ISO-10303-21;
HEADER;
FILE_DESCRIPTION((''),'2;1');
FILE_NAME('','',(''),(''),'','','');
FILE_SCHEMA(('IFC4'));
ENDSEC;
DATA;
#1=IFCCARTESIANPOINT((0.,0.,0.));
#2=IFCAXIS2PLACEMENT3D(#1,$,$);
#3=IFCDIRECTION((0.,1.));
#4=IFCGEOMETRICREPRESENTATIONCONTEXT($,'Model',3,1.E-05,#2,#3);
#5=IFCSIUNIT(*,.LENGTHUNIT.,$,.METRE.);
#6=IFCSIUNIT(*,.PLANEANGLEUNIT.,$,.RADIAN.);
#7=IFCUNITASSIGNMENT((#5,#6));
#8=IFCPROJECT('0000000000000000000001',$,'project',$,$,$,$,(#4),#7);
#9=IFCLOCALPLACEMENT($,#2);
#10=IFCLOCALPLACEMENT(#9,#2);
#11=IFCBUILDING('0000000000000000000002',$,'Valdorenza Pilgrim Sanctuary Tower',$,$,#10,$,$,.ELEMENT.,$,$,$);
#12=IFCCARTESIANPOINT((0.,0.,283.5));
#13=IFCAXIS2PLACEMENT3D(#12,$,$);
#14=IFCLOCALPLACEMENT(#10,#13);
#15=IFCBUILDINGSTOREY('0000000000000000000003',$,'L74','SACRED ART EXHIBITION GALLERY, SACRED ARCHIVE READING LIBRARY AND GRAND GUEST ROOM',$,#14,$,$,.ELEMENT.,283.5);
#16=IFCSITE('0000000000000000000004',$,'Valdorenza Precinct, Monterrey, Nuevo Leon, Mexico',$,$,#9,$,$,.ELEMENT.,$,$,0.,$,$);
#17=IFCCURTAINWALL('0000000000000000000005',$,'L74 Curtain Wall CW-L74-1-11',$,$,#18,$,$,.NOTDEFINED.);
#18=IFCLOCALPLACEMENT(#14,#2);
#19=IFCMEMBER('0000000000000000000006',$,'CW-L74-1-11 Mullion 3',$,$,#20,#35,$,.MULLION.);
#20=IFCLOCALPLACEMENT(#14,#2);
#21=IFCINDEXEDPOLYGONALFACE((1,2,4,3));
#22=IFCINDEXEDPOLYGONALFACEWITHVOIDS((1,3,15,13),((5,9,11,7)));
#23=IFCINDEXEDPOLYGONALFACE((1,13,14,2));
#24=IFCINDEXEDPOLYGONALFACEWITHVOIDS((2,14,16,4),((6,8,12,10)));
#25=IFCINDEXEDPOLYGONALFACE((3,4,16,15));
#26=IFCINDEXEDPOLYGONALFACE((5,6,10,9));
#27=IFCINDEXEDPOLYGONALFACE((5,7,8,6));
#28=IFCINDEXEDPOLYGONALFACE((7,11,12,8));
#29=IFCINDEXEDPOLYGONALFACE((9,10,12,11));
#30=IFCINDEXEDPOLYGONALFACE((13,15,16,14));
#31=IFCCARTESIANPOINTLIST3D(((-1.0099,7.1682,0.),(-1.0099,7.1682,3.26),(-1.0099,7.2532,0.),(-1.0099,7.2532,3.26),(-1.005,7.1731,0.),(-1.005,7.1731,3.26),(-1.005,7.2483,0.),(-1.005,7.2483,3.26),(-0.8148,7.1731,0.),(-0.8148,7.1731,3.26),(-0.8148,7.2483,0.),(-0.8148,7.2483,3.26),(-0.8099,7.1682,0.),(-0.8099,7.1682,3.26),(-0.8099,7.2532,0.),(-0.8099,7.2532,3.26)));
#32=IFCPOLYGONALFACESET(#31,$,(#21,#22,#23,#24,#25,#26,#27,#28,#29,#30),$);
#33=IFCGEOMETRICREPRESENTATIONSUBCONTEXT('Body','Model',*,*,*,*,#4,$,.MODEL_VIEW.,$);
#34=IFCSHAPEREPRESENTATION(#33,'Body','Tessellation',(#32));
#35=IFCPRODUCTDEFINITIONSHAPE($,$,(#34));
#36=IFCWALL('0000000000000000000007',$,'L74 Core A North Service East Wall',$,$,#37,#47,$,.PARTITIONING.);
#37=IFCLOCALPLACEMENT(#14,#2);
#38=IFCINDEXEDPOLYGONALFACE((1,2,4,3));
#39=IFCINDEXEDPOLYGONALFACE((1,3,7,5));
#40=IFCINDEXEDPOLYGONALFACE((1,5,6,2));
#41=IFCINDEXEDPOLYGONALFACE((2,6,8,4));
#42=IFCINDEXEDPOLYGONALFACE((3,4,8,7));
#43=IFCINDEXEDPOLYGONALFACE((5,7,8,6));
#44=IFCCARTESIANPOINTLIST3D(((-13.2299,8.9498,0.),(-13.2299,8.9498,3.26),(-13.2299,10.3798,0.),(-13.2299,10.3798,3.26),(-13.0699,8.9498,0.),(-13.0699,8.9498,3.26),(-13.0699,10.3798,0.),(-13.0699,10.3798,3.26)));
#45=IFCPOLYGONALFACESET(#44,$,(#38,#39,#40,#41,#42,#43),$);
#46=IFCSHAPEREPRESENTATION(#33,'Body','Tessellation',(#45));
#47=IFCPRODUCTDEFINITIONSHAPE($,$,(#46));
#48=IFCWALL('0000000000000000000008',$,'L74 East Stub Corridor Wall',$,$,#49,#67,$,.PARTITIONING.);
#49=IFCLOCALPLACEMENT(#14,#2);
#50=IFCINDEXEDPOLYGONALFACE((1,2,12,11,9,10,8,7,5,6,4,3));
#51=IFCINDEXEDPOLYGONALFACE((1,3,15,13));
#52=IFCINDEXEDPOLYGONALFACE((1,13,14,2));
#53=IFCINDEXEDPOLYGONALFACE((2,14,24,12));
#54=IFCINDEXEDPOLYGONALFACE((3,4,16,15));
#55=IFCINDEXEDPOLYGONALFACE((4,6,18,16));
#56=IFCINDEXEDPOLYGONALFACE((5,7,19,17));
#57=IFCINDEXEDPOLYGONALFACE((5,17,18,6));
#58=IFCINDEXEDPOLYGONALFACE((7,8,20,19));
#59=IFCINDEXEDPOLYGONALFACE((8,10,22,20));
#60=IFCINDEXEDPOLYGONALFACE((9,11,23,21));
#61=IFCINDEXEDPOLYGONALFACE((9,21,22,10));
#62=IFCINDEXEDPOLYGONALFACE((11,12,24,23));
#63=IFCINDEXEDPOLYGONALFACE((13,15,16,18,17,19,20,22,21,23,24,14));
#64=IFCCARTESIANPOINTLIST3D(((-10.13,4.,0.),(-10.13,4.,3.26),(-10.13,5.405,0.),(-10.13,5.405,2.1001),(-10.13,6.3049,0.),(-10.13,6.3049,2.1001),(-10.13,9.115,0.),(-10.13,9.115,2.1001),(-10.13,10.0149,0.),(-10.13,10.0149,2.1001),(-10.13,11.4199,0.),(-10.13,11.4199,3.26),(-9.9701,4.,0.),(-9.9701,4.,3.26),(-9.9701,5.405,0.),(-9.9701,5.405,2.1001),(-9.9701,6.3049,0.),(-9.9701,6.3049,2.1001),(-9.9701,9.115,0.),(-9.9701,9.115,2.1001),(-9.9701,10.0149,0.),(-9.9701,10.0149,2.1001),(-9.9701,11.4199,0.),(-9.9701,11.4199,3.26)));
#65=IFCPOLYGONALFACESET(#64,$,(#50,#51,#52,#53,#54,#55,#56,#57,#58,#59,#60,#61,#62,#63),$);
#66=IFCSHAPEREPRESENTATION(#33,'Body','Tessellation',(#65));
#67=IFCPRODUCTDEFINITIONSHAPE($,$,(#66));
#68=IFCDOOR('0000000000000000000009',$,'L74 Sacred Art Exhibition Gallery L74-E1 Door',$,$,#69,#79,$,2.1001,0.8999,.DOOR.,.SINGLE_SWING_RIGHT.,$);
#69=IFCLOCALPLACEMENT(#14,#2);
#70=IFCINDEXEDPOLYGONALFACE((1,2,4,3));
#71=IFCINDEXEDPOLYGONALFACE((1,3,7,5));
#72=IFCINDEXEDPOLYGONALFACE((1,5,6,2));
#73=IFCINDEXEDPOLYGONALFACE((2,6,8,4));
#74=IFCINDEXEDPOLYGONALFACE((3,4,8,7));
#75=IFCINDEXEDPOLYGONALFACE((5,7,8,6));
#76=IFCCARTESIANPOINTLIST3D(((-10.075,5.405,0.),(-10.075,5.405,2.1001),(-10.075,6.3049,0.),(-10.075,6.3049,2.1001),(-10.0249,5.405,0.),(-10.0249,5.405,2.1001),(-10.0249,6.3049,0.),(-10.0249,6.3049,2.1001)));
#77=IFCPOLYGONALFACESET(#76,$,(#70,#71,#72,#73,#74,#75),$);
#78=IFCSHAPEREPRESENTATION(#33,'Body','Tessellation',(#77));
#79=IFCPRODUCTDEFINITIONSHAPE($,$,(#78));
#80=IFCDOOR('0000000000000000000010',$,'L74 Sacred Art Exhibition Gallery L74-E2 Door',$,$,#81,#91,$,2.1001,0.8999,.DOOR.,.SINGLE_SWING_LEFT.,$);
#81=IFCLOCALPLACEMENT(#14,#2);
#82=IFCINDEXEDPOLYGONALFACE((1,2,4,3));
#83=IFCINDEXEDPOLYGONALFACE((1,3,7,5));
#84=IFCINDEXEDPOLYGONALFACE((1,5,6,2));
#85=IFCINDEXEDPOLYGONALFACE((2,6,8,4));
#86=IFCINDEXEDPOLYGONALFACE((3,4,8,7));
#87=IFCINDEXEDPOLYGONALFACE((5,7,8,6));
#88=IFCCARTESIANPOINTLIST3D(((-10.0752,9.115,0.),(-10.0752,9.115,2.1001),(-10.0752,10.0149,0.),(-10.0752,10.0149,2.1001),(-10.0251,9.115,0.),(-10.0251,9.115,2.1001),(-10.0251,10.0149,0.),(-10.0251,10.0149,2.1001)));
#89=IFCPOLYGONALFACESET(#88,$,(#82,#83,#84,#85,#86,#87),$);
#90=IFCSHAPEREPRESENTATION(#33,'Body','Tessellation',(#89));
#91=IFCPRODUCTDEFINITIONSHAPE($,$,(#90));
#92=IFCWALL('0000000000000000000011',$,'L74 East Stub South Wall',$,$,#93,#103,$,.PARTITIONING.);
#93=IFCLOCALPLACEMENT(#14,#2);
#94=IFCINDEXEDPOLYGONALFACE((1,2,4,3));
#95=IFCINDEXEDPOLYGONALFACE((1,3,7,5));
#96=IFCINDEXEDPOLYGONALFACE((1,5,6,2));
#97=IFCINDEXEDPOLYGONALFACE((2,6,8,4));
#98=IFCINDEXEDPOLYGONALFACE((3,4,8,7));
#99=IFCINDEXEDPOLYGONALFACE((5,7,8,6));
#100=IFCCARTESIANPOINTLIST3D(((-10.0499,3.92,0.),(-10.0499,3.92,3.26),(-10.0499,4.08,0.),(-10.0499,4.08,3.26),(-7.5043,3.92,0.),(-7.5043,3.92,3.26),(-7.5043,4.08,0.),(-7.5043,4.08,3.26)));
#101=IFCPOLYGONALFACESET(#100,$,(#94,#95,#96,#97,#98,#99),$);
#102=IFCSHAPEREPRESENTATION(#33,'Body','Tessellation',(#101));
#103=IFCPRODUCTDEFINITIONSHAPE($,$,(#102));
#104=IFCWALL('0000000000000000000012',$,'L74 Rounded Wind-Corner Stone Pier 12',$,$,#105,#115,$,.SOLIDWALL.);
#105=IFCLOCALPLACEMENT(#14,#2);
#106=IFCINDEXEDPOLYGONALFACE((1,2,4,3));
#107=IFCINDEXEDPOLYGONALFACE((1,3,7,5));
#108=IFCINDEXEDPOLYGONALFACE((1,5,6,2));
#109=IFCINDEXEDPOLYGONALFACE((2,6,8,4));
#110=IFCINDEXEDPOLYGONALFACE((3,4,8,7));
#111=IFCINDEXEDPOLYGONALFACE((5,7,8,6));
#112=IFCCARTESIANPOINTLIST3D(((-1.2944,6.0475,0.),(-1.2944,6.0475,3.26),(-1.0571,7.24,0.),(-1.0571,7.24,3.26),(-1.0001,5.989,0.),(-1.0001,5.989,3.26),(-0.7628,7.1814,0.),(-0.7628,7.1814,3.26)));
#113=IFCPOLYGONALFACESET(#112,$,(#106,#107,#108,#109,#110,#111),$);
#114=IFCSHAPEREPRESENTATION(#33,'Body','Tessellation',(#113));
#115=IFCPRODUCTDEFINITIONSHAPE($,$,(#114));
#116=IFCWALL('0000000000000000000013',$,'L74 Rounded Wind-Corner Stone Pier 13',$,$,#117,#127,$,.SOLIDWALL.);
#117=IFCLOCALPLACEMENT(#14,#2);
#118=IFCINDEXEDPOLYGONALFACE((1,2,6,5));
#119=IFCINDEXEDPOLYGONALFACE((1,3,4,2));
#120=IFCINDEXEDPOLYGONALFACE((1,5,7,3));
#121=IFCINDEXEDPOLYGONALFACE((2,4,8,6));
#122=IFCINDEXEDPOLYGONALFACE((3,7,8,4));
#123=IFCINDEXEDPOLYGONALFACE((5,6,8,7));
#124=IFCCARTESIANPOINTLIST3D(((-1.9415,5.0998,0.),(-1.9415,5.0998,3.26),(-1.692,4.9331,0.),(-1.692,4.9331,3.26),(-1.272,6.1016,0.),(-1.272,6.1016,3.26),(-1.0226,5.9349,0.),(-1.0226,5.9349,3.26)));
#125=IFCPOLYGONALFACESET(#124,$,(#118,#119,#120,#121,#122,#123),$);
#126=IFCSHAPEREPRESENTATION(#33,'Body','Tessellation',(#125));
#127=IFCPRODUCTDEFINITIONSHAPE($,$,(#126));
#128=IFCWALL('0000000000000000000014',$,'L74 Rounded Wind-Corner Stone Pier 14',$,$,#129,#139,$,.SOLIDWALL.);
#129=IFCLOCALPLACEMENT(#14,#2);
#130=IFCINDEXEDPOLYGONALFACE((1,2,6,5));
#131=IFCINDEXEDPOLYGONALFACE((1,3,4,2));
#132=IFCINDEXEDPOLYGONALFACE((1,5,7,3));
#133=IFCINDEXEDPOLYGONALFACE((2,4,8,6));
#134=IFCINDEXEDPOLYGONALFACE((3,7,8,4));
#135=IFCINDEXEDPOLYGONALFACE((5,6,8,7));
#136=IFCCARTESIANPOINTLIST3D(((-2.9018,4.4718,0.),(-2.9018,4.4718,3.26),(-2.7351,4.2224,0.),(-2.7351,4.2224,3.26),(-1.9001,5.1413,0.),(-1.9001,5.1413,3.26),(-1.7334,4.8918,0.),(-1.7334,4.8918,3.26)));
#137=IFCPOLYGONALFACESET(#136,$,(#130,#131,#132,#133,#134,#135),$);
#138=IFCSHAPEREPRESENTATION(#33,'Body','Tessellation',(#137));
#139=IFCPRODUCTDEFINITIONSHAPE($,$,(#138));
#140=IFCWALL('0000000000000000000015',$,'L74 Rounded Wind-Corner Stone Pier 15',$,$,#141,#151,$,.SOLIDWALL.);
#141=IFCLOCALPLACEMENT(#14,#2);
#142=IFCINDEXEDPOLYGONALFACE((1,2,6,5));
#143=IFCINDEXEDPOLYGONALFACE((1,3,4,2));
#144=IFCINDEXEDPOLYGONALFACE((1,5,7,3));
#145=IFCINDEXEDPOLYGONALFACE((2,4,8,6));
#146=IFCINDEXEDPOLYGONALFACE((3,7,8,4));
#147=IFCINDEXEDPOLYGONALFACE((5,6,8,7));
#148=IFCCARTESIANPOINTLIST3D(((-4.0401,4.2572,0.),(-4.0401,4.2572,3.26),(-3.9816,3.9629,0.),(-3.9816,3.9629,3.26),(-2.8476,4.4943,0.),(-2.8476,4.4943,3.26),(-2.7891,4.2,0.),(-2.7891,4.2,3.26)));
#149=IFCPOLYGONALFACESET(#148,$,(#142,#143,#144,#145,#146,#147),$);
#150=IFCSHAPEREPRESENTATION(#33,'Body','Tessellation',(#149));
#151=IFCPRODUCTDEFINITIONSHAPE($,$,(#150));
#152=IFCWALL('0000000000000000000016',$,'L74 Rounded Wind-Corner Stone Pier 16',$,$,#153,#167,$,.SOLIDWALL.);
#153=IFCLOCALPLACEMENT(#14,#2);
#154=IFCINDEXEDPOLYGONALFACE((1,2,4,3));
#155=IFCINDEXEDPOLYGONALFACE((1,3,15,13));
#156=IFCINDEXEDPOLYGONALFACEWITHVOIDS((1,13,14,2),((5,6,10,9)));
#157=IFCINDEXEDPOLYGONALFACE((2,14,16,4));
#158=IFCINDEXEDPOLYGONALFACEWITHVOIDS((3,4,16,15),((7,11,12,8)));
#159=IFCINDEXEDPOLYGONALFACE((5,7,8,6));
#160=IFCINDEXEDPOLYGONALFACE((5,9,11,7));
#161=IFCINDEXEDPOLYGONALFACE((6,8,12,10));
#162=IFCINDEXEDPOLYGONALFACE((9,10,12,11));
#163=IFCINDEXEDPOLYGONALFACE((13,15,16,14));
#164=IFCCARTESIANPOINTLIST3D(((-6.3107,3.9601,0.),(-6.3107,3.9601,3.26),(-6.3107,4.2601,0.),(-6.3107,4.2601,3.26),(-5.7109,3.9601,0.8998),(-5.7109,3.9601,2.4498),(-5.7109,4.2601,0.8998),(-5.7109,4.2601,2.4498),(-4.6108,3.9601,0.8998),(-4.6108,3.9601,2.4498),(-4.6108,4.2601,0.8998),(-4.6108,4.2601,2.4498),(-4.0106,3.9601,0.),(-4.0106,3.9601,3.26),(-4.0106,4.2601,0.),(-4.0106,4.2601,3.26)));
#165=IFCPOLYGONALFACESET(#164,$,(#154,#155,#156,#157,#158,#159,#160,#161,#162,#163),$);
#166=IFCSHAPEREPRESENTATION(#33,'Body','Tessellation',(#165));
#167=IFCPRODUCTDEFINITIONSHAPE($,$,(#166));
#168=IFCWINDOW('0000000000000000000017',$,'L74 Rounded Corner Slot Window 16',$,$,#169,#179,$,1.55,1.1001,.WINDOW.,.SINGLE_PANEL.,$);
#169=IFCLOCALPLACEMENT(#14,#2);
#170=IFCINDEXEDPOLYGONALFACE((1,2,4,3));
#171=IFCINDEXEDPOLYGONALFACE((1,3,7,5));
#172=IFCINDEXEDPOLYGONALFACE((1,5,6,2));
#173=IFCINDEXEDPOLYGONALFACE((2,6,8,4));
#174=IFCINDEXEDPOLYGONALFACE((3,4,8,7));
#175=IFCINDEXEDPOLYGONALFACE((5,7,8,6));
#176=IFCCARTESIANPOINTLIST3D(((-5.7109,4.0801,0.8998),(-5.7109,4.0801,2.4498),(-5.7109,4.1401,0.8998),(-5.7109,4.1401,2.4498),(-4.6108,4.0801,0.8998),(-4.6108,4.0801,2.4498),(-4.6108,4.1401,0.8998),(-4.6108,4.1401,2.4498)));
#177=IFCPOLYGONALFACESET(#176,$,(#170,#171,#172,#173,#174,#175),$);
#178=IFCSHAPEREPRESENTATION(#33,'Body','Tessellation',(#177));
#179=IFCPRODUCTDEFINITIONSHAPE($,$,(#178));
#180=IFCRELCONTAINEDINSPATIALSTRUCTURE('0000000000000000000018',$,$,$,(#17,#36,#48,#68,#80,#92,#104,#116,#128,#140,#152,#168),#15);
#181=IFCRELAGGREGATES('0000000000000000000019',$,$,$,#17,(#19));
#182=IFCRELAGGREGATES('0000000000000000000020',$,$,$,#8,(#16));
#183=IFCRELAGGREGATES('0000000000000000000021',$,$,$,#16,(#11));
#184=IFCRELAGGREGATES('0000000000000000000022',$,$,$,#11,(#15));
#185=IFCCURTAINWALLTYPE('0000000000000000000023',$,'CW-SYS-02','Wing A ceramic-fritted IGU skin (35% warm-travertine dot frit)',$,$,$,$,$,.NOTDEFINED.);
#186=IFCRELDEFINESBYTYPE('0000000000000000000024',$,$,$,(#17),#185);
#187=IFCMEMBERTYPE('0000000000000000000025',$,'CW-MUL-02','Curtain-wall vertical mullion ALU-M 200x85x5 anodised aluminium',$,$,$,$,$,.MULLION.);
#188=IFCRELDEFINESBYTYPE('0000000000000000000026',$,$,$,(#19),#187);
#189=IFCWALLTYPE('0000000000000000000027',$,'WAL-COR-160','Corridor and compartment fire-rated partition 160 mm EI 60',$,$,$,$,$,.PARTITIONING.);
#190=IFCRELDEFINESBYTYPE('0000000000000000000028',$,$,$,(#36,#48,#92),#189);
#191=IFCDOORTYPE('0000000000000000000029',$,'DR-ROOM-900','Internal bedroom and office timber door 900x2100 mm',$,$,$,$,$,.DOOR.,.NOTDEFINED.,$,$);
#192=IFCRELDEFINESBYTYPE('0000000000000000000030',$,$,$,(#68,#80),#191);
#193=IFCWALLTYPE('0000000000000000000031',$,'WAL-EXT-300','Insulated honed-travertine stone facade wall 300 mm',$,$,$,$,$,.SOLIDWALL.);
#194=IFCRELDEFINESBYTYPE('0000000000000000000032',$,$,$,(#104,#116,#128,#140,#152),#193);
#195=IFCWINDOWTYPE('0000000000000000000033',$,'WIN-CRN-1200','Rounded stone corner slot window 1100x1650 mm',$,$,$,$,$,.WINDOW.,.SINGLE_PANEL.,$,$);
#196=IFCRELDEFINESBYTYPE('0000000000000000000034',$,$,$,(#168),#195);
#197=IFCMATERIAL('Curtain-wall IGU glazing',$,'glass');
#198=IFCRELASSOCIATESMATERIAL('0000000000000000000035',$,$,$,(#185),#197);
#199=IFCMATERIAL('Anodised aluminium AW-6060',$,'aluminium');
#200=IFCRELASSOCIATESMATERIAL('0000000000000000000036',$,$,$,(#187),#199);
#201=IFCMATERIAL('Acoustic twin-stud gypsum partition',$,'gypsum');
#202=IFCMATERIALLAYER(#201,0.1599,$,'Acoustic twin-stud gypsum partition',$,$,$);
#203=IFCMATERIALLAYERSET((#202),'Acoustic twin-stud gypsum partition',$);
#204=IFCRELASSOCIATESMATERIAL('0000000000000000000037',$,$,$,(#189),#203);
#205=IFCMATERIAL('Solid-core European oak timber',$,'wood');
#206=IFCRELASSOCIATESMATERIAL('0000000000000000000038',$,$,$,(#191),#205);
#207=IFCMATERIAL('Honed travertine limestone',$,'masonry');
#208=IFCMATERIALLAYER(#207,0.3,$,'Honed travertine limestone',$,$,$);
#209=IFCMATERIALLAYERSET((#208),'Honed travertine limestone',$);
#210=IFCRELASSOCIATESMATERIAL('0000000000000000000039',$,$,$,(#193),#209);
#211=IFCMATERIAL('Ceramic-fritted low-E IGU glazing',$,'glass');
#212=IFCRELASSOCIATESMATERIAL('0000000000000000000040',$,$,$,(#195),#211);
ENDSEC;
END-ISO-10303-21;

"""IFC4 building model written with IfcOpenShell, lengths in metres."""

from ifc_helpers import new_model, si_unit, direction, frame, frame_2d, origin, origin_2d, place, context, subcontext, project, spatial, rectangle, hollow_rectangle, extrude, source, transform, mapped, material, layer, layer_set, material_profile, profile_set, type_object, element, fill, aggregate, save


model = new_model("IFC4")

# Units and contexts
model_context = context("Model", 3, precision=1e-05, world=origin(), true_north=direction((0.0, 1.0)))
body_context = subcontext(model_context, "Body", "Model", "MODEL_VIEW")
ifc_project = project(units=[si_unit("LENGTHUNIT", "METRE"), si_unit("PLANEANGLEUNIT", "RADIAN")], contexts=[model_context])

# Site, building, storey
site_placement = place(None, origin())
site = spatial("IfcSite", under=ifc_project, at=site_placement, Name="Valdorenza Precinct, Monterrey, Nuevo Leon, Mexico", CompositionType="ELEMENT", RefElevation=0.0)
building_placement = place(site_placement, origin())
building = spatial("IfcBuilding", under=site, at=building_placement, Name="Valdorenza Pilgrim Sanctuary Tower", CompositionType="ELEMENT")
storey_placement = place(building_placement, frame((0.0, 0.0, 283.5)))
storey = spatial("IfcBuildingStorey", under=building, at=storey_placement, Name="L74", Description="SACRED ART EXHIBITION GALLERY, SACRED ARCHIVE READING LIBRARY AND GRAND GUEST ROOM", CompositionType="ELEMENT", Elevation=283.5)

# Curtain wall, member
ifc_material_1 = material(Name="Curtain-wall IGU glazing", Category="glass")
curtain_wall_type = type_object("IfcCurtainWallType", Name="CW-SYS-02", Description="Wing A ceramic-fritted IGU skin (35% warm-travertine dot frit)", PredefinedType="NOTDEFINED", material=ifc_material_1)
curtain_wall_placement = place(storey_placement, origin())
curtain_wall = element("IfcCurtainWall", 1, at=curtain_wall_placement, inside=storey, type_object=curtain_wall_type, Name="L74 Curtain Wall CW-L74-1-11", PredefinedType="NOTDEFINED")
ifc_material_2 = material(Name="Anodised aluminium AW-6060", Category="aluminium")
ifc_material_profile = material_profile(ifc_material_2, hollow_rectangle(XDim=0.085, YDim=0.2, WallThickness=0.0049, at=origin_2d()), Name="ALU-M 200x85x5")
ifc_profile_set = profile_set([ifc_material_profile], Name="Anodised aluminium AW-6060")
member_type = type_object("IfcMemberType", Name="CW-MUL-02", Description="Curtain-wall vertical mullion ALU-M 200x85x5 anodised aluminium", PredefinedType="MULLION", material=ifc_profile_set)
shared_shape = source(origin(), body_context, "Body", "SweptSolid", [
    extrude(hollow_rectangle(XDim=0.085, YDim=0.2, WallThickness=0.0049, at=origin_2d()), origin(), (0.0, 0.0, 1.0), 3.26),
])
member_placement = place(storey_placement, frame((-0.9099, 7.2107, 0.0), z_axis=(0.0, 0.0, 1.0), x_axis=(0.0, -1.0, 0.0)))
member = element("IfcMember", 2, at=member_placement, type_object=member_type, Name="CW-L74-1-11 Mullion 3", PredefinedType="MULLION", context=body_context, shape_type="MappedRepresentation", body=[
    mapped(shared_shape, transform((0.0, 0.0, 0.0), x_axis=(1.0, 0.0, 0.0), y_axis=(0.0, 1.0, 0.0), z_axis=(0.0, 0.0, 1.0), scale=1.0)),
])
aggregate(curtain_wall, [member])

# Wall
ifc_material_3 = material(Name="Acoustic twin-stud gypsum partition", Category="gypsum")
ifc_layer_1 = layer(ifc_material_3, 0.1599, Name="Acoustic twin-stud gypsum partition")
ifc_layer_set_1 = layer_set([ifc_layer_1], Name="Acoustic twin-stud gypsum partition")
wall_type_1 = type_object("IfcWallType", Name="WAL-COR-160", Description="Corridor and compartment fire-rated partition 160 mm EI 60", PredefinedType="PARTITIONING", material=ifc_layer_set_1)
wall_1_placement = place(storey_placement, frame((-13.1499, 8.95, 0.0), z_axis=(0.0, 0.0, 1.0), x_axis=(0.0, 1.0, 0.0)))
element("IfcWall", 3, at=wall_1_placement, inside=storey, type_object=wall_type_1, Name="L74 Core A North Service East Wall", PredefinedType="PARTITIONING", context=body_context, shape_type="SweptSolid", body=[
    extrude(rectangle(XDim=1.4299, YDim=0.1599, at=frame_2d((0.7148, 0.0))), origin(), (0.0, 0.0, 1.0), 3.26),
])

# Wall, openings, doors
wall_2_placement = place(storey_placement, frame((-10.05, 4.0, 0.0), z_axis=(0.0, 0.0, 1.0), x_axis=(0.0, 1.0, 0.0)))
wall_2 = element("IfcWall", 4, at=wall_2_placement, inside=storey, type_object=wall_type_1, Name="L74 East Stub Corridor Wall", PredefinedType="PARTITIONING", context=body_context, shape_type="SweptSolid", body=[
    extrude(rectangle(XDim=7.4199, YDim=0.1599, at=frame_2d((3.71, 0.0))), origin(), (0.0, 0.0, 1.0), 3.26),
])
opening_1_placement = place(wall_2_placement, frame((1.405, 0.0, 0.0)))
opening_1 = element("IfcOpeningElement", 5, at=opening_1_placement, cuts=wall_2, PredefinedType="OPENING", context=body_context, shape_type="SweptSolid", body=[
    extrude(rectangle(XDim=0.8999, YDim=2.1001, at=frame_2d((0.45, 1.05))), frame((0.0, 0.0947, 0.0), z_axis=(0.0, -1.0, 0.0), x_axis=(1.0, 0.0, 0.0)), (0.0, 0.0, 1.0), 0.1897),
])
opening_2_placement = place(wall_2_placement, frame((5.115, 0.0, 0.0)))
opening_2 = element("IfcOpeningElement", 6, at=opening_2_placement, cuts=wall_2, PredefinedType="OPENING", context=body_context, shape_type="SweptSolid", body=[
    extrude(rectangle(XDim=0.8999, YDim=2.1001, at=frame_2d((0.45, 1.05))), frame((0.0, 0.0947, 0.0), z_axis=(0.0, -1.0, 0.0), x_axis=(1.0, 0.0, 0.0)), (0.0, 0.0, 1.0), 0.1897),
])
ifc_material_4 = material(Name="Solid-core European oak timber", Category="wood")
door_type_1 = type_object("IfcDoorType", Name="DR-ROOM-900", Description="Internal bedroom and office timber door 900x2100 mm", OperationType="NOTDEFINED", PredefinedType="DOOR", material=ifc_material_4)
door_1_placement = place(opening_1_placement, origin())
door_1 = element("IfcDoor", 7, at=door_1_placement, inside=storey, type_object=door_type_1, Name="L74 Sacred Art Exhibition Gallery L74-E1 Door", OperationType="SINGLE_SWING_RIGHT", OverallHeight=2.1001, OverallWidth=0.8999, PredefinedType="DOOR", context=body_context, shape_type="SweptSolid", body=[
    extrude(rectangle(XDim=0.8999, YDim=2.1001, at=frame_2d((0.45, 1.05))), frame((0.0, 0.0249, 0.0), z_axis=(0.0, -1.0, 0.0), x_axis=(1.0, 0.0, 0.0)), (0.0, 0.0, 1.0), 0.05),
])
fill(opening_1, door_1)
door_2_placement = place(opening_2_placement, frame((0.8999, 0.0, 0.0), z_axis=(0.0, 0.0, 1.0), x_axis=(-1.0, 0.0, 0.0)))
door_2 = element("IfcDoor", 8, at=door_2_placement, inside=storey, type_object=door_type_1, Name="L74 Sacred Art Exhibition Gallery L74-E2 Door", OperationType="SINGLE_SWING_LEFT", OverallHeight=2.1001, OverallWidth=0.8999, PredefinedType="DOOR", context=body_context, shape_type="SweptSolid", body=[
    extrude(rectangle(XDim=0.8999, YDim=2.1001, at=frame_2d((0.45, 1.05))), frame((0.0, 0.0249, 0.0), z_axis=(0.0, -1.0, 0.0), x_axis=(1.0, 0.0, 0.0)), (0.0, 0.0, 1.0), 0.05),
])
fill(opening_2, door_2)

# Walls
wall_3_placement = place(storey_placement, frame((-10.05, 4.0, 0.0), z_axis=(0.0, 0.0, 1.0), x_axis=(1.0, 0.0, 0.0)))
element("IfcWall", 9, at=wall_3_placement, inside=storey, type_object=wall_type_1, Name="L74 East Stub South Wall", PredefinedType="PARTITIONING", context=body_context, shape_type="SweptSolid", body=[
    extrude(rectangle(XDim=2.5457, YDim=0.1599, at=frame_2d((1.2729, 0.0))), origin(), (0.0, 0.0, 1.0), 3.26),
])
ifc_material_5 = material(Name="Honed travertine limestone", Category="masonry")
ifc_layer_2 = layer(ifc_material_5, 0.3, Name="Honed travertine limestone")
ifc_layer_set_2 = layer_set([ifc_layer_2], Name="Honed travertine limestone")
wall_type_2 = type_object("IfcWallType", Name="WAL-EXT-300", Description="Insulated honed-travertine stone facade wall 300 mm", PredefinedType="SOLIDWALL", material=ifc_layer_set_2)
wall_4_placement = place(storey_placement, frame((-0.9099, 7.2107, 0.0), z_axis=(0.0, 0.0, 1.0), x_axis=(-0.195189, -0.980766, 0.0)))
element("IfcWall", 10, at=wall_4_placement, inside=storey, type_object=wall_type_2, Name="L74 Rounded Wind-Corner Stone Pier 12", PredefinedType="SOLIDWALL", context=body_context, shape_type="SweptSolid", body=[
    extrude(rectangle(XDim=1.2158, YDim=0.3, at=frame_2d((0.6079, 0.0))), origin(), (0.0, 0.0, 1.0), 3.26),
])
for number, where, z_axis, x_axis, name in (
    (11, (-1.1472, 6.0183, 0.0), (0.0, 0.0, 1.0), (-0.555635, -0.831426, 0.0), "L74 Rounded Wind-Corner Stone Pier 13"),
    (12, (-1.8167, 5.0166, 0.0), (0.0, 0.0, 1.0), (-0.831426, -0.555635, 0.0), "L74 Rounded Wind-Corner Stone Pier 14"),
):
    element("IfcWall", number, at=place(storey_placement, frame(where, z_axis=z_axis, x_axis=x_axis)), inside=storey, type_object=wall_type_2, Name=name, PredefinedType="SOLIDWALL", context=body_context, shape_type="SweptSolid", body=[
        extrude(rectangle(XDim=1.2048, YDim=0.3, at=frame_2d((0.6025, 0.0))), origin(), (0.0, 0.0, 1.0), 3.26),
    ])
wall_5_placement = place(storey_placement, frame((-2.8184, 4.3472, 0.0), z_axis=(0.0, 0.0, 1.0), x_axis=(-0.980804, -0.194996, 0.0)))
element("IfcWall", 13, at=wall_5_placement, inside=storey, type_object=wall_type_2, Name="L74 Rounded Wind-Corner Stone Pier 15", PredefinedType="SOLIDWALL", context=body_context, shape_type="SweptSolid", body=[
    extrude(rectangle(XDim=1.2158, YDim=0.3, at=frame_2d((0.6079, 0.0))), origin(), (0.0, 0.0, 1.0), 3.26),
])

# Wall, opening, window
wall_6_placement = place(storey_placement, frame((-4.0107, 4.1101, 0.0), z_axis=(0.0, 0.0, 1.0), x_axis=(-1.0, 0.0, 0.0)))
wall_6 = element("IfcWall", 14, at=wall_6_placement, inside=storey, type_object=wall_type_2, Name="L74 Rounded Wind-Corner Stone Pier 16", PredefinedType="SOLIDWALL", context=body_context, shape_type="SweptSolid", body=[
    extrude(rectangle(XDim=2.3, YDim=0.3, at=frame_2d((1.1499, 0.0))), origin(), (0.0, 0.0, 1.0), 3.26),
])
opening_3_placement = place(wall_6_placement, frame((0.6001, 0.0, 0.8999)))
opening_3 = element("IfcOpeningElement", 15, at=opening_3_placement, cuts=wall_6, PredefinedType="OPENING", context=body_context, shape_type="SweptSolid", body=[
    extrude(rectangle(XDim=1.1001, YDim=1.55, at=frame_2d((0.55, 0.7749))), frame((0.0, 0.165, 0.0), z_axis=(0.0, -1.0, 0.0), x_axis=(1.0, 0.0, 0.0)), (0.0, 0.0, 1.0), 0.3298),
])
ifc_material_6 = material(Name="Ceramic-fritted low-E IGU glazing", Category="glass")
window_type = type_object("IfcWindowType", Name="WIN-CRN-1200", Description="Rounded stone corner slot window 1100x1650 mm", PartitioningType="SINGLE_PANEL", PredefinedType="WINDOW", material=ifc_material_6)
window_placement = place(opening_3_placement, origin())
window = element("IfcWindow", 16, at=window_placement, inside=storey, type_object=window_type, Name="L74 Rounded Corner Slot Window 16", OverallHeight=1.55, OverallWidth=1.1001, PartitioningType="SINGLE_PANEL", PredefinedType="WINDOW", context=body_context, shape_type="SweptSolid", body=[
    extrude(rectangle(XDim=1.1001, YDim=1.55, at=frame_2d((0.55, 0.7749))), frame((0.0, 0.03, 0.0), z_axis=(0.0, -1.0, 0.0), x_axis=(1.0, 0.0, 0.0)), (0.0, 0.0, 1.0), 0.0601),
])
fill(opening_3, window)

save(model, "model.ifc")
